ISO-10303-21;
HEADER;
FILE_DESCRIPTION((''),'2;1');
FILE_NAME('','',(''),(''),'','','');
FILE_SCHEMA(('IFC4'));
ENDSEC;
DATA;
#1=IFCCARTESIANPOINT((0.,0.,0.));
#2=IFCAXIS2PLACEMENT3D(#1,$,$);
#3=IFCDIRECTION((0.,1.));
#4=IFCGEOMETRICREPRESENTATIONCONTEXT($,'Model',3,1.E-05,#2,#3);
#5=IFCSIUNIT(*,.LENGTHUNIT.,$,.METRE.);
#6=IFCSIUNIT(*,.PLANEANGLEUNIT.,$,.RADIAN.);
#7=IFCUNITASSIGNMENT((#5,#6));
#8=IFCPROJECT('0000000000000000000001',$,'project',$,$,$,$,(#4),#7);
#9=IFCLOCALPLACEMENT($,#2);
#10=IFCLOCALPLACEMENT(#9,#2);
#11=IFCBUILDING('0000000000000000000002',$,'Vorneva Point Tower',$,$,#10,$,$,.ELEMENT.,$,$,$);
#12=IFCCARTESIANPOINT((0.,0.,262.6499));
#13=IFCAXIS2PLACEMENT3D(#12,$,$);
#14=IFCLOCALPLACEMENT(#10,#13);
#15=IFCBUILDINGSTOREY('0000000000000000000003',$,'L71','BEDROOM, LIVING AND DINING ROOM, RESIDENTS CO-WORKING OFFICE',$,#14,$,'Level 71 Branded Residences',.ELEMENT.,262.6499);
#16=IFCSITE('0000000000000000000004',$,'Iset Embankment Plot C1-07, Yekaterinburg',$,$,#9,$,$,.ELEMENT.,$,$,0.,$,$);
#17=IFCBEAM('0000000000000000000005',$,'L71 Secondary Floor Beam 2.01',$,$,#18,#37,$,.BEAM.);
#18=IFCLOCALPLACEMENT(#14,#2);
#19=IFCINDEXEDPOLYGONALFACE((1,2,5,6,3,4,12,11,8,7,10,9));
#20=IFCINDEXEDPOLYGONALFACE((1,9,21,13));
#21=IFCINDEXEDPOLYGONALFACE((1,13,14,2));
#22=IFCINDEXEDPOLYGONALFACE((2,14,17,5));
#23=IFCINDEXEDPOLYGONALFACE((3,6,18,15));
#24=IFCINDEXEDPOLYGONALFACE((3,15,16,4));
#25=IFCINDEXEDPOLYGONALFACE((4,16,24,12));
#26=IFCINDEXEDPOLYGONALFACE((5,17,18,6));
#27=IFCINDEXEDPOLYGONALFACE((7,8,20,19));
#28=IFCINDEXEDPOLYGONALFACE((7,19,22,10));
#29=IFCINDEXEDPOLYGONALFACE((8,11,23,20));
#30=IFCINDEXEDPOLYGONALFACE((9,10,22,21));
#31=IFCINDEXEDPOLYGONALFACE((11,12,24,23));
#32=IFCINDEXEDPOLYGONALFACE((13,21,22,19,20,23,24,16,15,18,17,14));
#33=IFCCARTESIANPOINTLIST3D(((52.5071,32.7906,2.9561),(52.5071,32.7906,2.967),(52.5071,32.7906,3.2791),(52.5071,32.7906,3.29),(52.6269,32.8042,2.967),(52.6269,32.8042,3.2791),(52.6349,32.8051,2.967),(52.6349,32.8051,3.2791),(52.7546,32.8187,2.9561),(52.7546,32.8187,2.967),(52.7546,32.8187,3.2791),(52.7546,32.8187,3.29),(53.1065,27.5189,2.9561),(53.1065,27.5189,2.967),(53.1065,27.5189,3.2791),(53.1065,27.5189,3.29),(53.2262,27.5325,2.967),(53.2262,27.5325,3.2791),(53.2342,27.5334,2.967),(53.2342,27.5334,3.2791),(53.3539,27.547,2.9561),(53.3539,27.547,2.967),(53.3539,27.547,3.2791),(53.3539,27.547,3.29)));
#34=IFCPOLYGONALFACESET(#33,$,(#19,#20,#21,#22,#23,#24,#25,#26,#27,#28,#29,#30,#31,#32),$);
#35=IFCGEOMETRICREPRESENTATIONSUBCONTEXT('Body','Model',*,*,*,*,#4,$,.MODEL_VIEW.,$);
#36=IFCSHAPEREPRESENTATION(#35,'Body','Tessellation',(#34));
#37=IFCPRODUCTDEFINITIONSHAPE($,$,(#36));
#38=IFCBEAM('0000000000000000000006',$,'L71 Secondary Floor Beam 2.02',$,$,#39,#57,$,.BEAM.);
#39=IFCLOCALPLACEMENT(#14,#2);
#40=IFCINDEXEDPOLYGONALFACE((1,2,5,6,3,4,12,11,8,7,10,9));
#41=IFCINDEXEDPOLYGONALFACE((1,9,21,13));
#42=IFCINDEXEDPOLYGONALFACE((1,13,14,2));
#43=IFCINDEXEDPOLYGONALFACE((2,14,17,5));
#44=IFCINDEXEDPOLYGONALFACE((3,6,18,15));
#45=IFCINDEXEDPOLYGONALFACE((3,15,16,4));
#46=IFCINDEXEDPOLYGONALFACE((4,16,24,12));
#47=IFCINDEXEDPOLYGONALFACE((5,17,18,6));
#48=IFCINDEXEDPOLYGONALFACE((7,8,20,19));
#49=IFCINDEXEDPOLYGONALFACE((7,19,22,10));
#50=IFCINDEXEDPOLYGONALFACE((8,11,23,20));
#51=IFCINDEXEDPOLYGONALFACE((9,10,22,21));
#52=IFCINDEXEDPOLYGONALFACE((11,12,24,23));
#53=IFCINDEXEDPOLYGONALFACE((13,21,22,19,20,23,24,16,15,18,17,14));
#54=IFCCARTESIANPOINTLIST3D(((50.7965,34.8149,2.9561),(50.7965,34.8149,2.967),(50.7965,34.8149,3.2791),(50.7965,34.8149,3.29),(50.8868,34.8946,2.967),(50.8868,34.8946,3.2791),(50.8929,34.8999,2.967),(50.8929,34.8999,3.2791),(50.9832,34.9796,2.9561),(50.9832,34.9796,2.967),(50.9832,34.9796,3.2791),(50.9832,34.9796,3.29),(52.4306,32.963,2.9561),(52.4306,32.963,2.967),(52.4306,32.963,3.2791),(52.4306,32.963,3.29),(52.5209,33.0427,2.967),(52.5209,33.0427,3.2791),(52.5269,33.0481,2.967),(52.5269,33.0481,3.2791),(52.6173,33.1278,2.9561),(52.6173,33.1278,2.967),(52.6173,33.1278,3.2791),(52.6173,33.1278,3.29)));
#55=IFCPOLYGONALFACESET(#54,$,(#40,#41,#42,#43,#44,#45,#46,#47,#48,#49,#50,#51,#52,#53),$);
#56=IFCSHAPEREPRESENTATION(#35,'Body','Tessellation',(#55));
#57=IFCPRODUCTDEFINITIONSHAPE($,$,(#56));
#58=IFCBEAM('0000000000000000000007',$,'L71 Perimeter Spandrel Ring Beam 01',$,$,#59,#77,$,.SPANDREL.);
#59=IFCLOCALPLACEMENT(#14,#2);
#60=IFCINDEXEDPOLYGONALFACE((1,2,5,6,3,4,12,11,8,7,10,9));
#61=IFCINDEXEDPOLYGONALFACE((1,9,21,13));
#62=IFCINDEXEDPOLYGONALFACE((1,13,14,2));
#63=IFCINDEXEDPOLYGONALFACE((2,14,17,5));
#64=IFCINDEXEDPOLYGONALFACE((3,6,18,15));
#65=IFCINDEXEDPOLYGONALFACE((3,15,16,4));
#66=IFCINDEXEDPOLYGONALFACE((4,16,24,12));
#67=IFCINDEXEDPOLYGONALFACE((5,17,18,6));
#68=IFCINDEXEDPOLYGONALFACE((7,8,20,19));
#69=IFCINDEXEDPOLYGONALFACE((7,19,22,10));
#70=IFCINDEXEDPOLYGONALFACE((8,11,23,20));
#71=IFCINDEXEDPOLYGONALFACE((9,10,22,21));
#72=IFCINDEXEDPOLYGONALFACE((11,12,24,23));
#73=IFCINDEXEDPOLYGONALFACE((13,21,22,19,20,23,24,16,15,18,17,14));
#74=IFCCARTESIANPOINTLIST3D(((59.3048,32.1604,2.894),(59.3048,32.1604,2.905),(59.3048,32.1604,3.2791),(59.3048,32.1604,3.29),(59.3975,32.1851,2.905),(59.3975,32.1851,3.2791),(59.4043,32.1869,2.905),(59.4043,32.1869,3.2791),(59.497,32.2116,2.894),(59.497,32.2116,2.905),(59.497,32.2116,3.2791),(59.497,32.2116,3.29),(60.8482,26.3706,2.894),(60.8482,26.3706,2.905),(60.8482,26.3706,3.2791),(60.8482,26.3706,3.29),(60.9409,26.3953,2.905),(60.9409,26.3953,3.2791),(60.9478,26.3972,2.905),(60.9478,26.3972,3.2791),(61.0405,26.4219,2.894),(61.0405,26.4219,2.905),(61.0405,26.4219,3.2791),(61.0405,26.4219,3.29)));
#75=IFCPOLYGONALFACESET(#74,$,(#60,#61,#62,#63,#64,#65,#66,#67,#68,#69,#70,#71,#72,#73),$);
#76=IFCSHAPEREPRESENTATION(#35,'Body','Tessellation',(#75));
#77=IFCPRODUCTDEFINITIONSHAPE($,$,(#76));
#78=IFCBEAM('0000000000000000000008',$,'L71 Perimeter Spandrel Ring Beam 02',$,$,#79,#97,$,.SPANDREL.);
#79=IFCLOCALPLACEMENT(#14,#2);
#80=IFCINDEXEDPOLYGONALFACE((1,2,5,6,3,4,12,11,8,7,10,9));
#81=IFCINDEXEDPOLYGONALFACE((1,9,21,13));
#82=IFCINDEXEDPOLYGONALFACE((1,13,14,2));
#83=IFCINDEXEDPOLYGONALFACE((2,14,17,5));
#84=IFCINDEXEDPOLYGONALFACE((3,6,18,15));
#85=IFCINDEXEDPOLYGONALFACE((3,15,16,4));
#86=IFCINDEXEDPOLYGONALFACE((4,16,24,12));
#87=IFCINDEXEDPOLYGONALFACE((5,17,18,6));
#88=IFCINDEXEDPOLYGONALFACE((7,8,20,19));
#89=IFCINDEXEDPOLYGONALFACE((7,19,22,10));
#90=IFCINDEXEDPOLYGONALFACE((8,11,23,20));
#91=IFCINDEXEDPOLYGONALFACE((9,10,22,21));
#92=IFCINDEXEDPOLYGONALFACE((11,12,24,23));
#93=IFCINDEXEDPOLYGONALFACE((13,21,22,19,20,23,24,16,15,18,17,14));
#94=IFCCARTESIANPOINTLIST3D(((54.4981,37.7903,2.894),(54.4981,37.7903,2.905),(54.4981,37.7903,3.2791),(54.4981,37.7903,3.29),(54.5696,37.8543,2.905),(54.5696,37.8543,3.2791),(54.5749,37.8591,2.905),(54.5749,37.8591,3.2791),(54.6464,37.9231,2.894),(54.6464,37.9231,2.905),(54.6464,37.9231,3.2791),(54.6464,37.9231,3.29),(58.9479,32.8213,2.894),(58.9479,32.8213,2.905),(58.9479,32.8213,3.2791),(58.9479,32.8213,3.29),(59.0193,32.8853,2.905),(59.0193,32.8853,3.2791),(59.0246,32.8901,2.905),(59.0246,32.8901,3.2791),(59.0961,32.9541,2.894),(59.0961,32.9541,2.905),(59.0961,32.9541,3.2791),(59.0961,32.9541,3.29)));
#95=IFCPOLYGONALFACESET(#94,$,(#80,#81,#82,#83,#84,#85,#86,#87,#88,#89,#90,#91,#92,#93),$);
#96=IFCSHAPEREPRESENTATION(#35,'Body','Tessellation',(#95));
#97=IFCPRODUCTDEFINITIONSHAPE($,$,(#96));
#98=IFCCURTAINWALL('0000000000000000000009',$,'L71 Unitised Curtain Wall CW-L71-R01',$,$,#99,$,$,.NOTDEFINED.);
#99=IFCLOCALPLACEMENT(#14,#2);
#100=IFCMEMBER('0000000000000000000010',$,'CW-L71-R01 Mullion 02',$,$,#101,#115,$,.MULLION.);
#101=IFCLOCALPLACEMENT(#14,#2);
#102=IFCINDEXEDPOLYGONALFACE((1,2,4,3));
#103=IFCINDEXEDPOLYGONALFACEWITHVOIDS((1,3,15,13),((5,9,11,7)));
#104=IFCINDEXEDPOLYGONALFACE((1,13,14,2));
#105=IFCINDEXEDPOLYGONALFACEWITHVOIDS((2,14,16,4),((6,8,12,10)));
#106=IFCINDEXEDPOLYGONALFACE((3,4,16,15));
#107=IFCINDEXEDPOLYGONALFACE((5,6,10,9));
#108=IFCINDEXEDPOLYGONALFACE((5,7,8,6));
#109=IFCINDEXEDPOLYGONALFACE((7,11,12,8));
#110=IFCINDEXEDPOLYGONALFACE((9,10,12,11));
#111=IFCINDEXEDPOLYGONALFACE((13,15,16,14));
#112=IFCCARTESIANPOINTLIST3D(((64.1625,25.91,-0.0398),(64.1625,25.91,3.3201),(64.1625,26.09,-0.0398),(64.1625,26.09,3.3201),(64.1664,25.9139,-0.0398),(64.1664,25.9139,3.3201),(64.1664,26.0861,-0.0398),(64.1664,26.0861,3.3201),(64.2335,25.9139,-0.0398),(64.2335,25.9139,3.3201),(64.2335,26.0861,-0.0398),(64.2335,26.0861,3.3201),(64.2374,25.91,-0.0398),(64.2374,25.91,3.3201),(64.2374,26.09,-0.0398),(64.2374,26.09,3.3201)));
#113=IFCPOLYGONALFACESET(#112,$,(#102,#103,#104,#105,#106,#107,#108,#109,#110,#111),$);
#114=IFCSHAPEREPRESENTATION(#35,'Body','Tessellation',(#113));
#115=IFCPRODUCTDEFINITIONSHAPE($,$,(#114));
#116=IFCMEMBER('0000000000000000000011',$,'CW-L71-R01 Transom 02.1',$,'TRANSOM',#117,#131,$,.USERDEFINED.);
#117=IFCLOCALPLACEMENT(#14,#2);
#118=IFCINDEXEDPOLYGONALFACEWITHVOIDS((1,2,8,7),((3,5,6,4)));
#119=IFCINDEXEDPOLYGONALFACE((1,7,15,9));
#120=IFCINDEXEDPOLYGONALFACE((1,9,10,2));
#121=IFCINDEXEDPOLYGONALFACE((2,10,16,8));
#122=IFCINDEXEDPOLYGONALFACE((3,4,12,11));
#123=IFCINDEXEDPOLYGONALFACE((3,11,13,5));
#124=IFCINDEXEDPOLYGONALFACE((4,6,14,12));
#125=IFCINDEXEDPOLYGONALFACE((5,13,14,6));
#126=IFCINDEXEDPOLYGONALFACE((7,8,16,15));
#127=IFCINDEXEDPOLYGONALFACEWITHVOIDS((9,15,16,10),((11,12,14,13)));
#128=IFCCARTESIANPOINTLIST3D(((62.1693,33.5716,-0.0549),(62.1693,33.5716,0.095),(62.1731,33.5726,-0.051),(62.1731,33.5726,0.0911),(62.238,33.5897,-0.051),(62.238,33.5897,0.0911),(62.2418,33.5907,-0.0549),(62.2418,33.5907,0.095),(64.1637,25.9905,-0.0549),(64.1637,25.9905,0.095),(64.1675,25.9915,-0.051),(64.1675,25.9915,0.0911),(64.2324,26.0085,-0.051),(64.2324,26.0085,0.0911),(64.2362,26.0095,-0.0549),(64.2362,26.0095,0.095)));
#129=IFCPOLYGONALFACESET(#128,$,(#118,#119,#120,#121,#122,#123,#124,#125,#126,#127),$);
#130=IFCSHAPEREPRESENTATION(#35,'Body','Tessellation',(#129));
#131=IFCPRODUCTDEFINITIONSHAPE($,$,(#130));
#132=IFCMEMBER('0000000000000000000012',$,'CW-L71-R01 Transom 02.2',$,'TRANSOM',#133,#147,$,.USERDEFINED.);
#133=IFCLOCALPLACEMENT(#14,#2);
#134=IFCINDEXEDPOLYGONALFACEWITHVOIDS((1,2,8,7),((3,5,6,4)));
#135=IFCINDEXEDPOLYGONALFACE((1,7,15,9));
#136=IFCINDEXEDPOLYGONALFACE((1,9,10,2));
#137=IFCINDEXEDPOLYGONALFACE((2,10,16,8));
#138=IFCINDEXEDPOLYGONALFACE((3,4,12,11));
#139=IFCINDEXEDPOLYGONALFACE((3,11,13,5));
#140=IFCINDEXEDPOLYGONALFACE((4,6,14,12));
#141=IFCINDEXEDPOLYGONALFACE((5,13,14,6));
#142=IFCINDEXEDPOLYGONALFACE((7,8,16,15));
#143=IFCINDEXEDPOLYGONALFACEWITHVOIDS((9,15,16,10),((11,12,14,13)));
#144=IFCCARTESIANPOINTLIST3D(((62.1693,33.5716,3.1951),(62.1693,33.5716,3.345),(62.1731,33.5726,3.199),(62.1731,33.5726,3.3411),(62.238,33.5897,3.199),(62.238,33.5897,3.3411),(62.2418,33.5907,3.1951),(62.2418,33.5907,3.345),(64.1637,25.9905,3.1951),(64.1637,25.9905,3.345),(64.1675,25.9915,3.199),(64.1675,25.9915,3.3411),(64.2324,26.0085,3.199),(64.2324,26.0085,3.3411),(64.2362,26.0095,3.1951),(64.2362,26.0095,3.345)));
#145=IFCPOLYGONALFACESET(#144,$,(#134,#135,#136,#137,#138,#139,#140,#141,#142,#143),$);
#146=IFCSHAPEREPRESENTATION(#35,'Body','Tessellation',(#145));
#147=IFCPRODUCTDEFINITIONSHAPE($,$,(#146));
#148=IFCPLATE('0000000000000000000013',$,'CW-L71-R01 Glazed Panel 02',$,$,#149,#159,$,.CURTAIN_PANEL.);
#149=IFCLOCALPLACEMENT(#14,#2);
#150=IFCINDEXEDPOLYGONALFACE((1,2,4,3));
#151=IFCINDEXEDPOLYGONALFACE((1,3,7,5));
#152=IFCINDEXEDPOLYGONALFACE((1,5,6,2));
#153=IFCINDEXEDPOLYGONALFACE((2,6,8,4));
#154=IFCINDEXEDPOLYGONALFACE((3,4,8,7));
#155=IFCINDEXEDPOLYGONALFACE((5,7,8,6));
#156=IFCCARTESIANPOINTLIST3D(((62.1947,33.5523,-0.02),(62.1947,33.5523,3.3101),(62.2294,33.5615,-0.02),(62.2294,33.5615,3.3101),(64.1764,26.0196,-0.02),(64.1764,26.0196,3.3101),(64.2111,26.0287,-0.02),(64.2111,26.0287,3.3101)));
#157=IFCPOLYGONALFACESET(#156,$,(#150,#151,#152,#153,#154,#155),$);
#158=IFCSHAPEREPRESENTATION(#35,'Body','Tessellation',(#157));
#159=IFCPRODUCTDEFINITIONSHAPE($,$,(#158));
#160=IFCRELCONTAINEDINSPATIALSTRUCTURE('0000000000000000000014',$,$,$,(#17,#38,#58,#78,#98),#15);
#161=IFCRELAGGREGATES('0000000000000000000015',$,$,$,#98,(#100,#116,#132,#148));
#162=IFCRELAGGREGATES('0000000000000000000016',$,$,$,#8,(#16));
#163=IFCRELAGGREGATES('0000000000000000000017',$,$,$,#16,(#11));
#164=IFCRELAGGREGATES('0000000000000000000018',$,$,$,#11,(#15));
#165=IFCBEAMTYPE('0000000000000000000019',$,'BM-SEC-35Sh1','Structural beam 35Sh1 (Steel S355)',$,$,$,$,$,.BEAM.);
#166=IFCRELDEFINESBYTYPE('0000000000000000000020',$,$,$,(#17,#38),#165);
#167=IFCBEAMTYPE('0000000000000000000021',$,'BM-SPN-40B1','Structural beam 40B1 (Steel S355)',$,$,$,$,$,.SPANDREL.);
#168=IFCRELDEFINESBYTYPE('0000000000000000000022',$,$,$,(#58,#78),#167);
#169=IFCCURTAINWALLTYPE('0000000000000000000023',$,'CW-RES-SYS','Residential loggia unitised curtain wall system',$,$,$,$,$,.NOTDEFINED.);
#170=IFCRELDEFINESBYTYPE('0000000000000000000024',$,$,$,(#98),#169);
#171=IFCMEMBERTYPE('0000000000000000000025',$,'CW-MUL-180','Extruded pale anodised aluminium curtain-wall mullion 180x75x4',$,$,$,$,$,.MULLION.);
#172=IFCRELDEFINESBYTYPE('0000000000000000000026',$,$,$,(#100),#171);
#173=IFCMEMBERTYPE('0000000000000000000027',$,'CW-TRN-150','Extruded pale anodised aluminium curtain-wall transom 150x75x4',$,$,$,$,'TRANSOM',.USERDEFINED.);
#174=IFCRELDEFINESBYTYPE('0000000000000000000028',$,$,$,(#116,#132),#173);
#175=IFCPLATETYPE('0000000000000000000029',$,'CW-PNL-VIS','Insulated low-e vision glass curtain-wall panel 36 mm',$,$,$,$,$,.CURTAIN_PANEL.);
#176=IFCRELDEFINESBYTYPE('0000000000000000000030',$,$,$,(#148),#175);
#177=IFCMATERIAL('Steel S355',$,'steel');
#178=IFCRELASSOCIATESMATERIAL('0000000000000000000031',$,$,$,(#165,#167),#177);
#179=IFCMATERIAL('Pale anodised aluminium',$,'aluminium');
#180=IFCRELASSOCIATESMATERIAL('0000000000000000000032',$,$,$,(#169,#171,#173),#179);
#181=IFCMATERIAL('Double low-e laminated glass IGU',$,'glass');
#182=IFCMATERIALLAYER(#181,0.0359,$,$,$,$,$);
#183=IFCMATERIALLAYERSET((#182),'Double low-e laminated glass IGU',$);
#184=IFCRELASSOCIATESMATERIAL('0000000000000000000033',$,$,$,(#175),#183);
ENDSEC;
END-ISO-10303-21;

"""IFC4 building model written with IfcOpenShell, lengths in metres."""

from ifc_helpers import new_model, si_unit, direction, frame, origin, origin_2d, place, context, subcontext, project, spatial, rectangle, hollow_rectangle, i_section, extrude, material, layer, layer_set, material_profile, profile_set, type_object, element, aggregate, save


model = new_model("IFC4")

# Units and contexts
model_context = context("Model", 3, precision=1e-05, world=origin(), true_north=direction((0.0, 1.0)))
body_context = subcontext(model_context, "Body", "Model", "MODEL_VIEW")
ifc_project = project(units=[si_unit("LENGTHUNIT", "METRE"), si_unit("PLANEANGLEUNIT", "RADIAN")], contexts=[model_context])

# Site, building, storey
site_placement = place(None, origin())
site = spatial("IfcSite", under=ifc_project, at=site_placement, Name="Iset Embankment Plot C1-07, Yekaterinburg", CompositionType="ELEMENT", RefElevation=0.0)
building_placement = place(site_placement, origin())
building = spatial("IfcBuilding", under=site, at=building_placement, Name="Vorneva Point Tower", CompositionType="ELEMENT")
storey_placement = place(building_placement, frame((0.0, 0.0, 262.6499)))
storey = spatial("IfcBuildingStorey", under=building, at=storey_placement, Name="L71", Description="BEDROOM, LIVING AND DINING ROOM, RESIDENTS CO-WORKING OFFICE", LongName="Level 71 Branded Residences", CompositionType="ELEMENT", Elevation=262.6499)

# Beams
ifc_material_1 = material(Name="Steel S355", Category="steel")
ifc_material_profile_1 = material_profile(ifc_material_1, i_section(OverallWidth=0.249, OverallDepth=0.334, WebThickness=0.0081, FlangeThickness=0.011, at=origin_2d()), Name="35Sh1")
ifc_profile_set_1 = profile_set([ifc_material_profile_1], Name="Steel S355")
beam_type_1 = type_object("IfcBeamType", Name="BM-SEC-35Sh1", Description="Structural beam 35Sh1 (Steel S355)", PredefinedType="BEAM", material=ifc_profile_set_1)
beam_1_placement = place(storey_placement, frame((53.2302, 27.533, 3.123), z_axis=(-0.112966, 0.993599, 0.0), x_axis=(-0.993599, -0.112966, 0.0)))
element("IfcBeam", 1, at=beam_1_placement, inside=storey, type_object=beam_type_1, Name="L71 Secondary Floor Beam 2.01", PredefinedType="BEAM", context=body_context, shape_type="SweptSolid", body=[
    extrude(i_section(OverallWidth=0.249, OverallDepth=0.334, WebThickness=0.0081, FlangeThickness=0.011, at=origin_2d()), origin(), (0.0, 0.0, 1.0), 5.3057),
])
beam_2_placement = place(storey_placement, frame((52.5239, 33.0454, 3.123), z_axis=(-0.661641, 0.749821, 0.0), x_axis=(-0.749821, -0.661641, 0.0)))
element("IfcBeam", 2, at=beam_2_placement, inside=storey, type_object=beam_type_1, Name="L71 Secondary Floor Beam 2.02", PredefinedType="BEAM", context=body_context, shape_type="SweptSolid", body=[
    extrude(i_section(OverallWidth=0.249, OverallDepth=0.334, WebThickness=0.0081, FlangeThickness=0.011, at=origin_2d()), origin(), (0.0, 0.0, 1.0), 2.4697),
])
ifc_material_profile_2 = material_profile(ifc_material_1, i_section(OverallWidth=0.199, OverallDepth=0.396, WebThickness=0.0071, FlangeThickness=0.011, at=origin_2d()), Name="40B1")
ifc_profile_set_2 = profile_set([ifc_material_profile_2], Name="Steel S355")
beam_type_2 = type_object("IfcBeamType", Name="BM-SPN-40B1", Description="Structural beam 40B1 (Steel S355)", PredefinedType="SPANDREL", material=ifc_profile_set_2)
beam_3_placement = place(storey_placement, frame((60.9443, 26.3962, 3.092), z_axis=(-0.257587, 0.966255, 0.0), x_axis=(-0.966255, -0.257587, 0.0)))
element("IfcBeam", 3, at=beam_3_placement, inside=storey, type_object=beam_type_2, Name="L71 Perimeter Spandrel Ring Beam 01", PredefinedType="SPANDREL", context=body_context, shape_type="SweptSolid", body=[
    extrude(i_section(OverallWidth=0.199, OverallDepth=0.396, WebThickness=0.0071, FlangeThickness=0.011, at=origin_2d()), origin(), (0.0, 0.0, 1.0), 5.9919),
])
beam_4_placement = place(storey_placement, frame((59.022, 32.8877, 3.092), z_axis=(-0.667108, 0.744961, 0.0), x_axis=(-0.744961, -0.667108, 0.0)))
element("IfcBeam", 4, at=beam_4_placement, inside=storey, type_object=beam_type_2, Name="L71 Perimeter Spandrel Ring Beam 02", PredefinedType="SPANDREL", context=body_context, shape_type="SweptSolid", body=[
    extrude(i_section(OverallWidth=0.199, OverallDepth=0.396, WebThickness=0.0071, FlangeThickness=0.011, at=origin_2d()), origin(), (0.0, 0.0, 1.0), 6.6702),
])

# Curtain wall, members, plate
ifc_material_2 = material(Name="Pale anodised aluminium", Category="aluminium")
curtain_wall_type = type_object("IfcCurtainWallType", Name="CW-RES-SYS", Description="Residential loggia unitised curtain wall system", PredefinedType="NOTDEFINED", material=ifc_material_2)
curtain_wall_placement = place(storey_placement, origin())
curtain_wall = element("IfcCurtainWall", 5, at=curtain_wall_placement, inside=storey, type_object=curtain_wall_type, Name="L71 Unitised Curtain Wall CW-L71-R01", PredefinedType="NOTDEFINED")
ifc_material_profile_3 = material_profile(ifc_material_2, hollow_rectangle(XDim=0.075, YDim=0.1799, WallThickness=0.0039, at=origin_2d()), Name="AL-MUL 180x75x4")
ifc_profile_set_3 = profile_set([ifc_material_profile_3], Name="Pale anodised aluminium")
member_type_1 = type_object("IfcMemberType", Name="CW-MUL-180", Description="Extruded pale anodised aluminium curtain-wall mullion 180x75x4", PredefinedType="MULLION", material=ifc_profile_set_3)
member_1_placement = place(storey_placement, frame((64.2, 26.0, -0.0398), z_axis=(0.0, 0.0, 1.0), x_axis=(1.0, 0.0, 0.0)))
member_1 = element("IfcMember", 6, at=member_1_placement, type_object=member_type_1, Name="CW-L71-R01 Mullion 02", PredefinedType="MULLION", context=body_context, shape_type="SweptSolid", body=[
    extrude(hollow_rectangle(XDim=0.075, YDim=0.1799, WallThickness=0.0039, at=origin_2d()), origin(), (0.0, 0.0, 1.0), 3.3599),
])
ifc_material_profile_4 = material_profile(ifc_material_2, hollow_rectangle(XDim=0.075, YDim=0.1499, WallThickness=0.0039, at=origin_2d()), Name="AL-TRN 150x75x4")
ifc_profile_set_4 = profile_set([ifc_material_profile_4], Name="Pale anodised aluminium")
member_type_2 = type_object("IfcMemberType", Name="CW-TRN-150", Description="Extruded pale anodised aluminium curtain-wall transom 150x75x4", ElementType="TRANSOM", PredefinedType="USERDEFINED", material=ifc_profile_set_4)
member_2_placement = place(storey_placement, frame((64.2, 26.0, 0.02), z_axis=(-0.254418, 0.967094, 0.0), x_axis=(-0.967094, -0.254418, 0.0)))
member_2 = element("IfcMember", 7, at=member_2_placement, type_object=member_type_2, Name="CW-L71-R01 Transom 02.1", ObjectType="TRANSOM", PredefinedType="USERDEFINED", context=body_context, shape_type="SweptSolid", body=[
    extrude(hollow_rectangle(XDim=0.075, YDim=0.1499, WallThickness=0.0039, at=origin_2d()), origin(), (0.0, 0.0, 1.0), 7.8391),
])
member_3_placement = place(storey_placement, frame((64.2, 26.0, 3.27), z_axis=(-0.254418, 0.967094, 0.0), x_axis=(-0.967094, -0.254418, 0.0)))
member_3 = element("IfcMember", 8, at=member_3_placement, type_object=member_type_2, Name="CW-L71-R01 Transom 02.2", ObjectType="TRANSOM", PredefinedType="USERDEFINED", context=body_context, shape_type="SweptSolid", body=[
    extrude(hollow_rectangle(XDim=0.075, YDim=0.1499, WallThickness=0.0039, at=origin_2d()), origin(), (0.0, 0.0, 1.0), 7.8391),
])
ifc_material_3 = material(Name="Double low-e laminated glass IGU", Category="glass")
ifc_layer_1 = layer(ifc_material_3, 0.0359)
ifc_layer_set_1 = layer_set([ifc_layer_1], Name="Double low-e laminated glass IGU")
plate_type = type_object("IfcPlateType", Name="CW-PNL-VIS", Description="Insulated low-e vision glass curtain-wall panel 36 mm", PredefinedType="CURTAIN_PANEL", material=ifc_layer_set_1)
plate_placement = place(storey_placement, frame((63.2029, 29.7905, -0.02), z_axis=(0.0, 0.0, 1.0), x_axis=(-0.254416, 0.967095, 0.0)))
plate = element("IfcPlate", 9, at=plate_placement, type_object=plate_type, Name="CW-L71-R01 Glazed Panel 02", PredefinedType="CURTAIN_PANEL", context=body_context, shape_type="SweptSolid", body=[
    extrude(rectangle(XDim=7.7891, YDim=0.0359, at=origin_2d()), origin(), (0.0, 0.0, 1.0), 3.3301),
])
aggregate(curtain_wall, [member_1, member_2, member_3, plate])

save(model, "model.ifc")
